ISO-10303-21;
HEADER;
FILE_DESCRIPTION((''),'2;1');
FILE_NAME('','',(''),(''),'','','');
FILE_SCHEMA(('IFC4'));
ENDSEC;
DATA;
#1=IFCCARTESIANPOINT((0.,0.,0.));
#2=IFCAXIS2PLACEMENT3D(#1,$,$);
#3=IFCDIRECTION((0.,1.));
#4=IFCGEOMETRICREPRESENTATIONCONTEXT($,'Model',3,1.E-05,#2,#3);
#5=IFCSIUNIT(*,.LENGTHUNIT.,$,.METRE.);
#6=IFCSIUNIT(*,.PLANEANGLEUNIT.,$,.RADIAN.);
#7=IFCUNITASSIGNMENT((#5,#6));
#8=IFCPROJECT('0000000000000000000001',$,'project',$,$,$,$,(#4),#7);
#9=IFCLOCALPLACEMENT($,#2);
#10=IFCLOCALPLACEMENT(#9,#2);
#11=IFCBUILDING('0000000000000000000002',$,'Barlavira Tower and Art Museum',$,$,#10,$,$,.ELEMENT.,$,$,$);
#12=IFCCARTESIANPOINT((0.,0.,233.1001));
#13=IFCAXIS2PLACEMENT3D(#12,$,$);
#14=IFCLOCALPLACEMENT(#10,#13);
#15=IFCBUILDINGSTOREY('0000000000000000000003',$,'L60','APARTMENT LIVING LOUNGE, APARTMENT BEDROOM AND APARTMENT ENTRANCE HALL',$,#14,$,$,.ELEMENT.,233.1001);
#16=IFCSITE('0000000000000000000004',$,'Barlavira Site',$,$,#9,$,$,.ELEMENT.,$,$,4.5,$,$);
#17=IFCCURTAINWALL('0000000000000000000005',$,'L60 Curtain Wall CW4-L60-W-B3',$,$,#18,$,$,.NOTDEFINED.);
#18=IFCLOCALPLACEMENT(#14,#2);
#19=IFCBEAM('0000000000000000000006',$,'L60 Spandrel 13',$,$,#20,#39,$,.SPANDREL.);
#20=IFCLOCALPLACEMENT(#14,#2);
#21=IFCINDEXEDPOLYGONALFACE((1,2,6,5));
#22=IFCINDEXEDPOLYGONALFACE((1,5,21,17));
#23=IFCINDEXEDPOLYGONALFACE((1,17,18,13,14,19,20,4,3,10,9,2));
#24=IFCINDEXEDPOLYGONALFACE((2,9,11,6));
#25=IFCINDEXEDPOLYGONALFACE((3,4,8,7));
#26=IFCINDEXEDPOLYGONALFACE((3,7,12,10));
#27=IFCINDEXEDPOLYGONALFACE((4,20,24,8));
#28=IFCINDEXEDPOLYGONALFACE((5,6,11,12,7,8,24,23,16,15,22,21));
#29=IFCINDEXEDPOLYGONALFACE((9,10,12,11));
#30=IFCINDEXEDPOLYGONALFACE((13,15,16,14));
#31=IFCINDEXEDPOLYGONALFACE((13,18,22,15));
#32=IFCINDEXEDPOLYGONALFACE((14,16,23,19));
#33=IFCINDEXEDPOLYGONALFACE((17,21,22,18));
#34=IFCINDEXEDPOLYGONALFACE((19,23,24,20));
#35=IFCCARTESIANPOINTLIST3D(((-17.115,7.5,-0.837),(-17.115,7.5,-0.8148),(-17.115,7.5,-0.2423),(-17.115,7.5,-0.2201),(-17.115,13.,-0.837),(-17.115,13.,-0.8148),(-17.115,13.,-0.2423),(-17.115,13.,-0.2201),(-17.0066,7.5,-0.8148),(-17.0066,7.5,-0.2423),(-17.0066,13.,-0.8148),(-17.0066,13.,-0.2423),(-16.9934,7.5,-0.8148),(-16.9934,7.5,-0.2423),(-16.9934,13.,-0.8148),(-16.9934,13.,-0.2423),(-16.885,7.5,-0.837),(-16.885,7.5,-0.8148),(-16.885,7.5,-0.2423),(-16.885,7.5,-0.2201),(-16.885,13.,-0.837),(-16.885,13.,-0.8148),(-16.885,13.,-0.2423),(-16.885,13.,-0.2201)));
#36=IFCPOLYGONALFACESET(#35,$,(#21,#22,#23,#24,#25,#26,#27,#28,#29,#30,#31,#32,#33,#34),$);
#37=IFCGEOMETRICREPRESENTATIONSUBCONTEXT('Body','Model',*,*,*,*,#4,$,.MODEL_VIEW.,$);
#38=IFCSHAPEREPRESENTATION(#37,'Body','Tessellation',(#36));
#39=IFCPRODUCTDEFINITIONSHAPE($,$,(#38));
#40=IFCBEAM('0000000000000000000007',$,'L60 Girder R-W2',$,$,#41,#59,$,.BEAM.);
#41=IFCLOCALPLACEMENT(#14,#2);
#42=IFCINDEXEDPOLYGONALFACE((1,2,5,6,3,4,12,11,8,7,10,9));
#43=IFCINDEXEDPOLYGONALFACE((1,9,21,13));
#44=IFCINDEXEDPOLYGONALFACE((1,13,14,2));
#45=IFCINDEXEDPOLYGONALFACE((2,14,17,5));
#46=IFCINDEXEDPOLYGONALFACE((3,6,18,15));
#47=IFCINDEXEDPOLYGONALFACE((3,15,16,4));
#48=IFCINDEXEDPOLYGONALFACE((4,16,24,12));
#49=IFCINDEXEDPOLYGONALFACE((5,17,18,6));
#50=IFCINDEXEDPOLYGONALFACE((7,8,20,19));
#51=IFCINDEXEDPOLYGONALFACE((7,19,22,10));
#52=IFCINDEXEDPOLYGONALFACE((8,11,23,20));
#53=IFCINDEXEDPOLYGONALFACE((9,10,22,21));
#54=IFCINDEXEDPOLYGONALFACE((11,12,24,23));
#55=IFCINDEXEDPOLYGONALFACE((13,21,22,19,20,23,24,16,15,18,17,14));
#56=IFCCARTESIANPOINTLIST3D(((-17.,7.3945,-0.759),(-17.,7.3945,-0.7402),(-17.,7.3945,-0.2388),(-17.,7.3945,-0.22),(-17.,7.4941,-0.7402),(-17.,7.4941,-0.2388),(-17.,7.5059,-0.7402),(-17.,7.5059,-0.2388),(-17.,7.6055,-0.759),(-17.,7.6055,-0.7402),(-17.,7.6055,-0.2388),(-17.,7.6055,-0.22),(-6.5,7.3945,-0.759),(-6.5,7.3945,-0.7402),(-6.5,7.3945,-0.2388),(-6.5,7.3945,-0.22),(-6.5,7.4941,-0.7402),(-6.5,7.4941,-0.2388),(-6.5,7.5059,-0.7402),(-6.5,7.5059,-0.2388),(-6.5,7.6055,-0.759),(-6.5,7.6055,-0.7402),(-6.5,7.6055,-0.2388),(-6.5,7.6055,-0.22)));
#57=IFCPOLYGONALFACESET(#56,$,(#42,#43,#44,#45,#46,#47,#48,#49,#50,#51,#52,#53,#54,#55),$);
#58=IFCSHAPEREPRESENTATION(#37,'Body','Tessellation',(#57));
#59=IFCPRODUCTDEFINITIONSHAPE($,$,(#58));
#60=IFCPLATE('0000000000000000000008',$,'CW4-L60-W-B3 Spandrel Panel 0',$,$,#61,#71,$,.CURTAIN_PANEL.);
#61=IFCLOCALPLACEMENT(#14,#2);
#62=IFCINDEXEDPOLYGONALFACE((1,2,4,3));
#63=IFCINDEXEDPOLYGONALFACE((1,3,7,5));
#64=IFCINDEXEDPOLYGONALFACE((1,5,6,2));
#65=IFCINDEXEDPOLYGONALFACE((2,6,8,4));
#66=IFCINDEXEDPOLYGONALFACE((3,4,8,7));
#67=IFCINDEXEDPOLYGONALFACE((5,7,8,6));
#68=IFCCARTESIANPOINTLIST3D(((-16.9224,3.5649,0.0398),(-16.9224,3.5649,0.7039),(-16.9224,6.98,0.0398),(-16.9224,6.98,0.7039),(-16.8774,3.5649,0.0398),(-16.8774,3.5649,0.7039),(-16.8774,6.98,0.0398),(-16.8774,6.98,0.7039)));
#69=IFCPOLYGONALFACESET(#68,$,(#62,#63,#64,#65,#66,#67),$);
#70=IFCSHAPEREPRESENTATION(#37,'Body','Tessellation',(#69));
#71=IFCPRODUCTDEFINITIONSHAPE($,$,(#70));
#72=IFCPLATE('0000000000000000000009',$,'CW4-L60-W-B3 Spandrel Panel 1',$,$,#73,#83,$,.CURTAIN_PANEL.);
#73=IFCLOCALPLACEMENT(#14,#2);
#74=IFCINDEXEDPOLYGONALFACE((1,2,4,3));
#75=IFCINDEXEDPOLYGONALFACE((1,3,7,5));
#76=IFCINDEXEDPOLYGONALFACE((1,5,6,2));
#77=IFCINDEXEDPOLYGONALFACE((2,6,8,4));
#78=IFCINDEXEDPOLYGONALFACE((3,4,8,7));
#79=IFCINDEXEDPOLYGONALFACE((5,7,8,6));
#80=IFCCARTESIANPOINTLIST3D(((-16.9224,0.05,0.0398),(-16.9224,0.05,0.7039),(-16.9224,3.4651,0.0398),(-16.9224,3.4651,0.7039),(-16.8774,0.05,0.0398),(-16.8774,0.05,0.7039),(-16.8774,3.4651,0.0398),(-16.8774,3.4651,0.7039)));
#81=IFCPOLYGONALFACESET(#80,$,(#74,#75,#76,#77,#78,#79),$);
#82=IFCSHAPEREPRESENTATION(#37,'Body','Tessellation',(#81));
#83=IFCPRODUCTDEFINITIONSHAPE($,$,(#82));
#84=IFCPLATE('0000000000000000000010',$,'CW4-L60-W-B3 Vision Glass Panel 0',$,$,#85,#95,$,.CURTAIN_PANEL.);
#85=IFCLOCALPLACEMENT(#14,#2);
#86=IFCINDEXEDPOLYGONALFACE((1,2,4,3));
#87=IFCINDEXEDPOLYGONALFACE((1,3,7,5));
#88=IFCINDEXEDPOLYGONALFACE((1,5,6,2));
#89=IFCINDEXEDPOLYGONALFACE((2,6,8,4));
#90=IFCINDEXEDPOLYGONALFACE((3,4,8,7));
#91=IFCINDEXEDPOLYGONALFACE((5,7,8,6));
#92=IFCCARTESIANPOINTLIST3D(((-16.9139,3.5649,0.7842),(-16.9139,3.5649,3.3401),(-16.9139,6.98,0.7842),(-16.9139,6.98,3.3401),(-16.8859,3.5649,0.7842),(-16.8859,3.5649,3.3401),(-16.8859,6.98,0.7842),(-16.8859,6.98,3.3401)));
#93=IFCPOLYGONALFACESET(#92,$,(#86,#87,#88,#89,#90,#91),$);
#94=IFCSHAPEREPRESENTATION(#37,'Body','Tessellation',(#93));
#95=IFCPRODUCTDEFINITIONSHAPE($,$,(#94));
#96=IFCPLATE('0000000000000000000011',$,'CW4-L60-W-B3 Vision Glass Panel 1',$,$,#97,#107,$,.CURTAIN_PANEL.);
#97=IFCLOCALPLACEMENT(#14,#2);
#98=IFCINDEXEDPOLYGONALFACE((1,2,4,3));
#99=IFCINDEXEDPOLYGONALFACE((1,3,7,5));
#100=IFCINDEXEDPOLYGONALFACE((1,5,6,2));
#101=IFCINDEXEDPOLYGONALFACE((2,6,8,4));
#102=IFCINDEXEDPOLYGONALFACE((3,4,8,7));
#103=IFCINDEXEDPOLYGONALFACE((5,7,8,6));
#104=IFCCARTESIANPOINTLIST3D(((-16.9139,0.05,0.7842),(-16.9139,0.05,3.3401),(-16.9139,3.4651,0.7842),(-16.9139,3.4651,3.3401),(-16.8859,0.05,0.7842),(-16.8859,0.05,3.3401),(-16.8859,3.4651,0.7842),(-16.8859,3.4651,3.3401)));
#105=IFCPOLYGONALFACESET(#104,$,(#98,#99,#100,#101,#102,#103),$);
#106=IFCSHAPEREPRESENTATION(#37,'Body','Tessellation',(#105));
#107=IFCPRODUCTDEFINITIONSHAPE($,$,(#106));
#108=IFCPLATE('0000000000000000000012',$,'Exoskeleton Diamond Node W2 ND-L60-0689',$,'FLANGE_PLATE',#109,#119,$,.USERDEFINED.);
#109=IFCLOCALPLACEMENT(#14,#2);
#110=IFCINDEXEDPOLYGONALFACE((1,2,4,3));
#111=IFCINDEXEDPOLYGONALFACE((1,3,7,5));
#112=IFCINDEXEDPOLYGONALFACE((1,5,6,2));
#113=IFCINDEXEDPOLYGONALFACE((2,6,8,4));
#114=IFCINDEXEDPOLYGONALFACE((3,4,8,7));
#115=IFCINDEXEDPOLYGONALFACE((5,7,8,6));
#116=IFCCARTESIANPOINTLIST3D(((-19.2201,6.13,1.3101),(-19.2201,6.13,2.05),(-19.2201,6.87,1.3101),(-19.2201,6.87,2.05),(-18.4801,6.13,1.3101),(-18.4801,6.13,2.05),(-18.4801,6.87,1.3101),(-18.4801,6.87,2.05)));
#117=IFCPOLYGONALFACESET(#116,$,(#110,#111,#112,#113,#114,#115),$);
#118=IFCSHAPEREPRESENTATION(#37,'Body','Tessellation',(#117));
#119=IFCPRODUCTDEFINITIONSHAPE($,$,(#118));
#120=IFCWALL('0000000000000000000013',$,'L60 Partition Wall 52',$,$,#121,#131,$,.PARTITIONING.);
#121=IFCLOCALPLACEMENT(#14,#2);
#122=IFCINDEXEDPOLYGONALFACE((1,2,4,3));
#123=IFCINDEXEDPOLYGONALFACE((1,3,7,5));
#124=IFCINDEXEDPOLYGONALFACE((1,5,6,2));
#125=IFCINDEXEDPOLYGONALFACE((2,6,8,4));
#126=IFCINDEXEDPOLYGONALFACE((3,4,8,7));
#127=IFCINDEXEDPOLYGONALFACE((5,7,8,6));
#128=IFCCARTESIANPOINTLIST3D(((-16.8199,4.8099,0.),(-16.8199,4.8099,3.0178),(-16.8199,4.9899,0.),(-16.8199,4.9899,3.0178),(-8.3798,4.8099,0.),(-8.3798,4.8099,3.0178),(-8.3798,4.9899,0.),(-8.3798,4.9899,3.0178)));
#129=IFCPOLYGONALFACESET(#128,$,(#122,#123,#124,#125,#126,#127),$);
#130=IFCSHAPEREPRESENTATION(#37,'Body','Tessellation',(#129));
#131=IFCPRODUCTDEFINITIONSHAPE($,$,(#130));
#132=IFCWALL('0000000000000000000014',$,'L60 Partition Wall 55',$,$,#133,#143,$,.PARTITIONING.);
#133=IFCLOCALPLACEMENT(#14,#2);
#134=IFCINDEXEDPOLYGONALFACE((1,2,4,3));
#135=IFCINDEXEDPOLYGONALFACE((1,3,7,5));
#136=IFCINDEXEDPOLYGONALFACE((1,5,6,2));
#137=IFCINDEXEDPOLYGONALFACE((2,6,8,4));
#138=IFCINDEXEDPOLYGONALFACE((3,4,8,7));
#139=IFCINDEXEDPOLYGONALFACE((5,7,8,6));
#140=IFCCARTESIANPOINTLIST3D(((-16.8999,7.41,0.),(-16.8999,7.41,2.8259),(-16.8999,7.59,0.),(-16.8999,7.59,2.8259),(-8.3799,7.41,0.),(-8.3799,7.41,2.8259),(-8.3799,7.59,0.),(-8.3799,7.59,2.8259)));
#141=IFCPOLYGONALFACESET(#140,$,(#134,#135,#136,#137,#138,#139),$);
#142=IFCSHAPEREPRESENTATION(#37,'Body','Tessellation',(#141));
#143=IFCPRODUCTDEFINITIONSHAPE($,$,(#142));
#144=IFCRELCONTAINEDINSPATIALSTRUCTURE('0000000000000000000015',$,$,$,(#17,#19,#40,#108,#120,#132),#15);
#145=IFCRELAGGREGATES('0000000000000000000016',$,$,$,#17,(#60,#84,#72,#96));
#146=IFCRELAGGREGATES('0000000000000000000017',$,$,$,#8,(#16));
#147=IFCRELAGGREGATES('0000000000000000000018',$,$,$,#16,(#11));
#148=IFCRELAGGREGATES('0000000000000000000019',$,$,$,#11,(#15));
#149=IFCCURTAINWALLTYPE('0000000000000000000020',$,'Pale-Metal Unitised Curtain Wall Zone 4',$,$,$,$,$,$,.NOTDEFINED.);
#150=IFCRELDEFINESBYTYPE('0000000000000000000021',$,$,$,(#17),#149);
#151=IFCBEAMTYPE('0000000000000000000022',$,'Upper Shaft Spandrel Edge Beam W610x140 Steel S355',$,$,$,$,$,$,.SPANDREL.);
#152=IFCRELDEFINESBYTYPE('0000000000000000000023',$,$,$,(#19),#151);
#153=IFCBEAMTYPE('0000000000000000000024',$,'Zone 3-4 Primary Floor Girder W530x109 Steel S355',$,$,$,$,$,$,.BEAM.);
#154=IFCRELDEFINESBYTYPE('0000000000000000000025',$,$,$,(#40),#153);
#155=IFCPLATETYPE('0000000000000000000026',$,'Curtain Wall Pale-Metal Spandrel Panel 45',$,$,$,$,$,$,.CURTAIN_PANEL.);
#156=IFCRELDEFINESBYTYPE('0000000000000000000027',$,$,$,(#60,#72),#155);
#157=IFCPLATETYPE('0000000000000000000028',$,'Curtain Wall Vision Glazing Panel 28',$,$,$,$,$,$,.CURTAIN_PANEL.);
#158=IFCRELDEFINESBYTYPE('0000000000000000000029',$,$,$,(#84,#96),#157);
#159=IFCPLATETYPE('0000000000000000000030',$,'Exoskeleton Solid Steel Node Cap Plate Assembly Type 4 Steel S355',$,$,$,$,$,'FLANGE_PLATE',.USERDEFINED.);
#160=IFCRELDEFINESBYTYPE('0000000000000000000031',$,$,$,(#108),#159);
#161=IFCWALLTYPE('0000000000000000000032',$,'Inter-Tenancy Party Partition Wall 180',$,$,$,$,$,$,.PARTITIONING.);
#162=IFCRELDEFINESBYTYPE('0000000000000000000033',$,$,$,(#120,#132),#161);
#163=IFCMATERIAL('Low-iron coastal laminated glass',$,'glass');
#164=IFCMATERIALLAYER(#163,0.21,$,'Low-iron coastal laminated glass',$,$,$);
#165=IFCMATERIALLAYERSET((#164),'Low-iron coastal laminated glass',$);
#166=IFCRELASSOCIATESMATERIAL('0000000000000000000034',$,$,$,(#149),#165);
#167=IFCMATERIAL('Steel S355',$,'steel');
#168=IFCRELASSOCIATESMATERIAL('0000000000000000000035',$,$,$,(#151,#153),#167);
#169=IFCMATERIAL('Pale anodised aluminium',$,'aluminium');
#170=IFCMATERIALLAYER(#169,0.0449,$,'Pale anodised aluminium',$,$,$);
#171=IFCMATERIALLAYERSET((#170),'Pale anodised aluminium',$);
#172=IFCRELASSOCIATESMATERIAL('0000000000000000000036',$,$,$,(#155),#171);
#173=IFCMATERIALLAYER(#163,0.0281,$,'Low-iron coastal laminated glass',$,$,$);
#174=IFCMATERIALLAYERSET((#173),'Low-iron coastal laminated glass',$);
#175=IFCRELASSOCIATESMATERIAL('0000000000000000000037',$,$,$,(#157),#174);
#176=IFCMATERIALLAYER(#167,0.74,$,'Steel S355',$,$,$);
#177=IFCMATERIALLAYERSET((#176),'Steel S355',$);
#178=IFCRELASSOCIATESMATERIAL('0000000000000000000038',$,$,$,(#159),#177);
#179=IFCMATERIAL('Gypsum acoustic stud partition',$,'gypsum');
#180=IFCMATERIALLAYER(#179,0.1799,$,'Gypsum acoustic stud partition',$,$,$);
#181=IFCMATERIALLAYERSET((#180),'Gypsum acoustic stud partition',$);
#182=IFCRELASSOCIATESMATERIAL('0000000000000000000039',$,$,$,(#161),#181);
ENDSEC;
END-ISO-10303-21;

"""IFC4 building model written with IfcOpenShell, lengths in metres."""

from ifc_helpers import new_model, si_unit, direction, frame, frame_2d, origin, origin_2d, place, context, subcontext, project, spatial, rectangle, i_section, extrude, material, layer, layer_set, material_profile, profile_set, type_object, element, aggregate, save


model = new_model("IFC4")

# Units and contexts
model_context = context("Model", 3, precision=1e-05, world=origin(), true_north=direction((0.0, 1.0)))
body_context = subcontext(model_context, "Body", "Model", "MODEL_VIEW")
ifc_project = project(units=[si_unit("LENGTHUNIT", "METRE"), si_unit("PLANEANGLEUNIT", "RADIAN")], contexts=[model_context])

# Site, building, storey
site_placement = place(None, origin())
site = spatial("IfcSite", under=ifc_project, at=site_placement, Name="Barlavira Site", CompositionType="ELEMENT", RefElevation=4.5)
building_placement = place(site_placement, origin())
building = spatial("IfcBuilding", under=site, at=building_placement, Name="Barlavira Tower and Art Museum", CompositionType="ELEMENT")
storey_placement = place(building_placement, frame((0.0, 0.0, 233.1001)))
storey = spatial("IfcBuildingStorey", under=building, at=storey_placement, Name="L60", Description="APARTMENT LIVING LOUNGE, APARTMENT BEDROOM AND APARTMENT ENTRANCE HALL", CompositionType="ELEMENT", Elevation=233.1001)

# Curtain wall
ifc_material_1 = material(Name="Low-iron coastal laminated glass", Category="glass")
ifc_layer_1 = layer(ifc_material_1, 0.21, Name="Low-iron coastal laminated glass")
ifc_layer_set_1 = layer_set([ifc_layer_1], Name="Low-iron coastal laminated glass")
curtain_wall_type = type_object("IfcCurtainWallType", Name="Pale-Metal Unitised Curtain Wall Zone 4", PredefinedType="NOTDEFINED", material=ifc_layer_set_1)
curtain_wall_placement = place(storey_placement, origin())
curtain_wall = element("IfcCurtainWall", 1, at=curtain_wall_placement, inside=storey, type_object=curtain_wall_type, Name="L60 Curtain Wall CW4-L60-W-B3", PredefinedType="NOTDEFINED")
ifc_material_2 = material(Name="Pale anodised aluminium", Category="aluminium")

# Beams
ifc_material_3 = material(Name="Steel S355", Category="steel")
ifc_material_profile_1 = material_profile(ifc_material_3, i_section(OverallWidth=0.23, OverallDepth=0.6169, WebThickness=0.0132, FlangeThickness=0.0222, at=origin_2d()), Name="W610x140.0")
ifc_profile_set_1 = profile_set([ifc_material_profile_1], Name="Steel S355")
beam_type_1 = type_object("IfcBeamType", Name="Upper Shaft Spandrel Edge Beam W610x140 Steel S355", PredefinedType="SPANDREL", material=ifc_profile_set_1)
beam_1_placement = place(storey_placement, frame((-17.0, 7.5, -0.5286), z_axis=(0.0, 1.0, 0.0), x_axis=(-1.0, 0.0, 0.0)))
element("IfcBeam", 2, at=beam_1_placement, inside=storey, type_object=beam_type_1, Name="L60 Spandrel 13", PredefinedType="SPANDREL", context=body_context, shape_type="SweptSolid", body=[
    extrude(i_section(OverallWidth=0.23, OverallDepth=0.6169, WebThickness=0.0132, FlangeThickness=0.0222, at=origin_2d()), origin(), (0.0, 0.0, 1.0), 5.5),
])
ifc_material_profile_2 = material_profile(ifc_material_3, i_section(OverallWidth=0.2109, OverallDepth=0.5391, WebThickness=0.0117, FlangeThickness=0.0188, at=origin_2d()), Name="W530x109.0")
ifc_profile_set_2 = profile_set([ifc_material_profile_2], Name="Steel S355")
beam_type_2 = type_object("IfcBeamType", Name="Zone 3-4 Primary Floor Girder W530x109 Steel S355", PredefinedType="BEAM", material=ifc_profile_set_2)
beam_2_placement = place(storey_placement, frame((-17.0, 7.5, -0.4895), z_axis=(1.0, 0.0, 0.0), x_axis=(0.0, 1.0, 0.0)))
element("IfcBeam", 3, at=beam_2_placement, inside=storey, type_object=beam_type_2, Name="L60 Girder R-W2", PredefinedType="BEAM", context=body_context, shape_type="SweptSolid", body=[
    extrude(i_section(OverallWidth=0.2109, OverallDepth=0.5391, WebThickness=0.0117, FlangeThickness=0.0188, at=origin_2d()), origin(), (0.0, 0.0, 1.0), 10.5),
])

# Plates
ifc_layer_2 = layer(ifc_material_2, 0.0449, Name="Pale anodised aluminium")
ifc_layer_set_2 = layer_set([ifc_layer_2], Name="Pale anodised aluminium")
plate_type_1 = type_object("IfcPlateType", Name="Curtain Wall Pale-Metal Spandrel Panel 45", PredefinedType="CURTAIN_PANEL", material=ifc_layer_set_2)
plate_1_placement = place(storey_placement, frame((-16.8999, 5.2725, 0.0398), z_axis=(0.0, 0.0, 1.0), x_axis=(0.0, -1.0, 0.0)))
plate_1 = element("IfcPlate", 4, at=plate_1_placement, type_object=plate_type_1, Name="CW4-L60-W-B3 Spandrel Panel 0", PredefinedType="CURTAIN_PANEL", context=body_context, shape_type="SweptSolid", body=[
    extrude(rectangle(XDim=3.415, YDim=0.0449, at=origin_2d()), origin(), (0.0, 0.0, 1.0), 0.6641),
])
plate_2_placement = place(storey_placement, frame((-16.8999, 1.7576, 0.0398), z_axis=(0.0, 0.0, 1.0), x_axis=(0.0, -1.0, 0.0)))
plate_2 = element("IfcPlate", 5, at=plate_2_placement, type_object=plate_type_1, Name="CW4-L60-W-B3 Spandrel Panel 1", PredefinedType="CURTAIN_PANEL", context=body_context, shape_type="SweptSolid", body=[
    extrude(rectangle(XDim=3.415, YDim=0.0449, at=origin_2d()), origin(), (0.0, 0.0, 1.0), 0.6641),
])
ifc_layer_3 = layer(ifc_material_1, 0.0281, Name="Low-iron coastal laminated glass")
ifc_layer_set_3 = layer_set([ifc_layer_3], Name="Low-iron coastal laminated glass")
plate_type_2 = type_object("IfcPlateType", Name="Curtain Wall Vision Glazing Panel 28", PredefinedType="CURTAIN_PANEL", material=ifc_layer_set_3)
plate_3_placement = place(storey_placement, frame((-16.8999, 5.2725, 0.7842), z_axis=(0.0, 0.0, 1.0), x_axis=(0.0, -1.0, 0.0)))
plate_3 = element("IfcPlate", 6, at=plate_3_placement, type_object=plate_type_2, Name="CW4-L60-W-B3 Vision Glass Panel 0", PredefinedType="CURTAIN_PANEL", context=body_context, shape_type="SweptSolid", body=[
    extrude(rectangle(XDim=3.415, YDim=0.0281, at=origin_2d()), origin(), (0.0, 0.0, 1.0), 2.5559),
])
plate_4_placement = place(storey_placement, frame((-16.8999, 1.7576, 0.7842), z_axis=(0.0, 0.0, 1.0), x_axis=(0.0, -1.0, 0.0)))
plate_4 = element("IfcPlate", 7, at=plate_4_placement, type_object=plate_type_2, Name="CW4-L60-W-B3 Vision Glass Panel 1", PredefinedType="CURTAIN_PANEL", context=body_context, shape_type="SweptSolid", body=[
    extrude(rectangle(XDim=3.415, YDim=0.0281, at=origin_2d()), origin(), (0.0, 0.0, 1.0), 2.5559),
])
aggregate(curtain_wall, [plate_1, plate_3, plate_2, plate_4])
ifc_layer_4 = layer(ifc_material_3, 0.74, Name="Steel S355")
ifc_layer_set_4 = layer_set([ifc_layer_4], Name="Steel S355")
plate_type_3 = type_object("IfcPlateType", Name="Exoskeleton Solid Steel Node Cap Plate Assembly Type 4 Steel S355", ElementType="FLANGE_PLATE", PredefinedType="USERDEFINED", material=ifc_layer_set_4)
plate_5_placement = place(storey_placement, frame((-18.8501, 6.5, 1.3101), z_axis=(0.0, 0.0, 1.0), x_axis=(1.0, 0.0, 0.0)))
element("IfcPlate", 8, at=plate_5_placement, inside=storey, type_object=plate_type_3, Name="Exoskeleton Diamond Node W2 ND-L60-0689", ObjectType="FLANGE_PLATE", PredefinedType="USERDEFINED", context=body_context, shape_type="SweptSolid", body=[
    extrude(rectangle(XDim=0.74, YDim=0.74, at=origin_2d()), origin(), (0.0, 0.0, 1.0), 0.74),
])

# Walls
ifc_material_4 = material(Name="Gypsum acoustic stud partition", Category="gypsum")
ifc_layer_5 = layer(ifc_material_4, 0.1799, Name="Gypsum acoustic stud partition")
ifc_layer_set_5 = layer_set([ifc_layer_5], Name="Gypsum acoustic stud partition")
wall_type_1 = type_object("IfcWallType", Name="Inter-Tenancy Party Partition Wall 180", PredefinedType="PARTITIONING", material=ifc_layer_set_5)
wall_1_placement = place(storey_placement, frame((-16.8201, 4.8999, 0.0), z_axis=(0.0, 0.0, 1.0), x_axis=(1.0, 0.0, 0.0)))
element("IfcWall", 9, at=wall_1_placement, inside=storey, type_object=wall_type_1, Name="L60 Partition Wall 52", PredefinedType="PARTITIONING", context=body_context, shape_type="SweptSolid", body=[
    extrude(rectangle(XDim=8.4402, YDim=0.1799, at=frame_2d((4.2202, 0.0))), origin(), (0.0, 0.0, 1.0), 3.0178),
])
wall_2_placement = place(storey_placement, frame((-16.8999, 7.5, 0.0), z_axis=(0.0, 0.0, 1.0), x_axis=(1.0, 0.0, 0.0)))
element("IfcWall", 10, at=wall_2_placement, inside=storey, type_object=wall_type_1, Name="L60 Partition Wall 55", PredefinedType="PARTITIONING", context=body_context, shape_type="SweptSolid", body=[
    extrude(rectangle(XDim=8.52, YDim=0.1799, at=frame_2d((4.26, 0.0))), origin(), (0.0, 0.0, 1.0), 2.8259),
])

save(model, "model.ifc")
